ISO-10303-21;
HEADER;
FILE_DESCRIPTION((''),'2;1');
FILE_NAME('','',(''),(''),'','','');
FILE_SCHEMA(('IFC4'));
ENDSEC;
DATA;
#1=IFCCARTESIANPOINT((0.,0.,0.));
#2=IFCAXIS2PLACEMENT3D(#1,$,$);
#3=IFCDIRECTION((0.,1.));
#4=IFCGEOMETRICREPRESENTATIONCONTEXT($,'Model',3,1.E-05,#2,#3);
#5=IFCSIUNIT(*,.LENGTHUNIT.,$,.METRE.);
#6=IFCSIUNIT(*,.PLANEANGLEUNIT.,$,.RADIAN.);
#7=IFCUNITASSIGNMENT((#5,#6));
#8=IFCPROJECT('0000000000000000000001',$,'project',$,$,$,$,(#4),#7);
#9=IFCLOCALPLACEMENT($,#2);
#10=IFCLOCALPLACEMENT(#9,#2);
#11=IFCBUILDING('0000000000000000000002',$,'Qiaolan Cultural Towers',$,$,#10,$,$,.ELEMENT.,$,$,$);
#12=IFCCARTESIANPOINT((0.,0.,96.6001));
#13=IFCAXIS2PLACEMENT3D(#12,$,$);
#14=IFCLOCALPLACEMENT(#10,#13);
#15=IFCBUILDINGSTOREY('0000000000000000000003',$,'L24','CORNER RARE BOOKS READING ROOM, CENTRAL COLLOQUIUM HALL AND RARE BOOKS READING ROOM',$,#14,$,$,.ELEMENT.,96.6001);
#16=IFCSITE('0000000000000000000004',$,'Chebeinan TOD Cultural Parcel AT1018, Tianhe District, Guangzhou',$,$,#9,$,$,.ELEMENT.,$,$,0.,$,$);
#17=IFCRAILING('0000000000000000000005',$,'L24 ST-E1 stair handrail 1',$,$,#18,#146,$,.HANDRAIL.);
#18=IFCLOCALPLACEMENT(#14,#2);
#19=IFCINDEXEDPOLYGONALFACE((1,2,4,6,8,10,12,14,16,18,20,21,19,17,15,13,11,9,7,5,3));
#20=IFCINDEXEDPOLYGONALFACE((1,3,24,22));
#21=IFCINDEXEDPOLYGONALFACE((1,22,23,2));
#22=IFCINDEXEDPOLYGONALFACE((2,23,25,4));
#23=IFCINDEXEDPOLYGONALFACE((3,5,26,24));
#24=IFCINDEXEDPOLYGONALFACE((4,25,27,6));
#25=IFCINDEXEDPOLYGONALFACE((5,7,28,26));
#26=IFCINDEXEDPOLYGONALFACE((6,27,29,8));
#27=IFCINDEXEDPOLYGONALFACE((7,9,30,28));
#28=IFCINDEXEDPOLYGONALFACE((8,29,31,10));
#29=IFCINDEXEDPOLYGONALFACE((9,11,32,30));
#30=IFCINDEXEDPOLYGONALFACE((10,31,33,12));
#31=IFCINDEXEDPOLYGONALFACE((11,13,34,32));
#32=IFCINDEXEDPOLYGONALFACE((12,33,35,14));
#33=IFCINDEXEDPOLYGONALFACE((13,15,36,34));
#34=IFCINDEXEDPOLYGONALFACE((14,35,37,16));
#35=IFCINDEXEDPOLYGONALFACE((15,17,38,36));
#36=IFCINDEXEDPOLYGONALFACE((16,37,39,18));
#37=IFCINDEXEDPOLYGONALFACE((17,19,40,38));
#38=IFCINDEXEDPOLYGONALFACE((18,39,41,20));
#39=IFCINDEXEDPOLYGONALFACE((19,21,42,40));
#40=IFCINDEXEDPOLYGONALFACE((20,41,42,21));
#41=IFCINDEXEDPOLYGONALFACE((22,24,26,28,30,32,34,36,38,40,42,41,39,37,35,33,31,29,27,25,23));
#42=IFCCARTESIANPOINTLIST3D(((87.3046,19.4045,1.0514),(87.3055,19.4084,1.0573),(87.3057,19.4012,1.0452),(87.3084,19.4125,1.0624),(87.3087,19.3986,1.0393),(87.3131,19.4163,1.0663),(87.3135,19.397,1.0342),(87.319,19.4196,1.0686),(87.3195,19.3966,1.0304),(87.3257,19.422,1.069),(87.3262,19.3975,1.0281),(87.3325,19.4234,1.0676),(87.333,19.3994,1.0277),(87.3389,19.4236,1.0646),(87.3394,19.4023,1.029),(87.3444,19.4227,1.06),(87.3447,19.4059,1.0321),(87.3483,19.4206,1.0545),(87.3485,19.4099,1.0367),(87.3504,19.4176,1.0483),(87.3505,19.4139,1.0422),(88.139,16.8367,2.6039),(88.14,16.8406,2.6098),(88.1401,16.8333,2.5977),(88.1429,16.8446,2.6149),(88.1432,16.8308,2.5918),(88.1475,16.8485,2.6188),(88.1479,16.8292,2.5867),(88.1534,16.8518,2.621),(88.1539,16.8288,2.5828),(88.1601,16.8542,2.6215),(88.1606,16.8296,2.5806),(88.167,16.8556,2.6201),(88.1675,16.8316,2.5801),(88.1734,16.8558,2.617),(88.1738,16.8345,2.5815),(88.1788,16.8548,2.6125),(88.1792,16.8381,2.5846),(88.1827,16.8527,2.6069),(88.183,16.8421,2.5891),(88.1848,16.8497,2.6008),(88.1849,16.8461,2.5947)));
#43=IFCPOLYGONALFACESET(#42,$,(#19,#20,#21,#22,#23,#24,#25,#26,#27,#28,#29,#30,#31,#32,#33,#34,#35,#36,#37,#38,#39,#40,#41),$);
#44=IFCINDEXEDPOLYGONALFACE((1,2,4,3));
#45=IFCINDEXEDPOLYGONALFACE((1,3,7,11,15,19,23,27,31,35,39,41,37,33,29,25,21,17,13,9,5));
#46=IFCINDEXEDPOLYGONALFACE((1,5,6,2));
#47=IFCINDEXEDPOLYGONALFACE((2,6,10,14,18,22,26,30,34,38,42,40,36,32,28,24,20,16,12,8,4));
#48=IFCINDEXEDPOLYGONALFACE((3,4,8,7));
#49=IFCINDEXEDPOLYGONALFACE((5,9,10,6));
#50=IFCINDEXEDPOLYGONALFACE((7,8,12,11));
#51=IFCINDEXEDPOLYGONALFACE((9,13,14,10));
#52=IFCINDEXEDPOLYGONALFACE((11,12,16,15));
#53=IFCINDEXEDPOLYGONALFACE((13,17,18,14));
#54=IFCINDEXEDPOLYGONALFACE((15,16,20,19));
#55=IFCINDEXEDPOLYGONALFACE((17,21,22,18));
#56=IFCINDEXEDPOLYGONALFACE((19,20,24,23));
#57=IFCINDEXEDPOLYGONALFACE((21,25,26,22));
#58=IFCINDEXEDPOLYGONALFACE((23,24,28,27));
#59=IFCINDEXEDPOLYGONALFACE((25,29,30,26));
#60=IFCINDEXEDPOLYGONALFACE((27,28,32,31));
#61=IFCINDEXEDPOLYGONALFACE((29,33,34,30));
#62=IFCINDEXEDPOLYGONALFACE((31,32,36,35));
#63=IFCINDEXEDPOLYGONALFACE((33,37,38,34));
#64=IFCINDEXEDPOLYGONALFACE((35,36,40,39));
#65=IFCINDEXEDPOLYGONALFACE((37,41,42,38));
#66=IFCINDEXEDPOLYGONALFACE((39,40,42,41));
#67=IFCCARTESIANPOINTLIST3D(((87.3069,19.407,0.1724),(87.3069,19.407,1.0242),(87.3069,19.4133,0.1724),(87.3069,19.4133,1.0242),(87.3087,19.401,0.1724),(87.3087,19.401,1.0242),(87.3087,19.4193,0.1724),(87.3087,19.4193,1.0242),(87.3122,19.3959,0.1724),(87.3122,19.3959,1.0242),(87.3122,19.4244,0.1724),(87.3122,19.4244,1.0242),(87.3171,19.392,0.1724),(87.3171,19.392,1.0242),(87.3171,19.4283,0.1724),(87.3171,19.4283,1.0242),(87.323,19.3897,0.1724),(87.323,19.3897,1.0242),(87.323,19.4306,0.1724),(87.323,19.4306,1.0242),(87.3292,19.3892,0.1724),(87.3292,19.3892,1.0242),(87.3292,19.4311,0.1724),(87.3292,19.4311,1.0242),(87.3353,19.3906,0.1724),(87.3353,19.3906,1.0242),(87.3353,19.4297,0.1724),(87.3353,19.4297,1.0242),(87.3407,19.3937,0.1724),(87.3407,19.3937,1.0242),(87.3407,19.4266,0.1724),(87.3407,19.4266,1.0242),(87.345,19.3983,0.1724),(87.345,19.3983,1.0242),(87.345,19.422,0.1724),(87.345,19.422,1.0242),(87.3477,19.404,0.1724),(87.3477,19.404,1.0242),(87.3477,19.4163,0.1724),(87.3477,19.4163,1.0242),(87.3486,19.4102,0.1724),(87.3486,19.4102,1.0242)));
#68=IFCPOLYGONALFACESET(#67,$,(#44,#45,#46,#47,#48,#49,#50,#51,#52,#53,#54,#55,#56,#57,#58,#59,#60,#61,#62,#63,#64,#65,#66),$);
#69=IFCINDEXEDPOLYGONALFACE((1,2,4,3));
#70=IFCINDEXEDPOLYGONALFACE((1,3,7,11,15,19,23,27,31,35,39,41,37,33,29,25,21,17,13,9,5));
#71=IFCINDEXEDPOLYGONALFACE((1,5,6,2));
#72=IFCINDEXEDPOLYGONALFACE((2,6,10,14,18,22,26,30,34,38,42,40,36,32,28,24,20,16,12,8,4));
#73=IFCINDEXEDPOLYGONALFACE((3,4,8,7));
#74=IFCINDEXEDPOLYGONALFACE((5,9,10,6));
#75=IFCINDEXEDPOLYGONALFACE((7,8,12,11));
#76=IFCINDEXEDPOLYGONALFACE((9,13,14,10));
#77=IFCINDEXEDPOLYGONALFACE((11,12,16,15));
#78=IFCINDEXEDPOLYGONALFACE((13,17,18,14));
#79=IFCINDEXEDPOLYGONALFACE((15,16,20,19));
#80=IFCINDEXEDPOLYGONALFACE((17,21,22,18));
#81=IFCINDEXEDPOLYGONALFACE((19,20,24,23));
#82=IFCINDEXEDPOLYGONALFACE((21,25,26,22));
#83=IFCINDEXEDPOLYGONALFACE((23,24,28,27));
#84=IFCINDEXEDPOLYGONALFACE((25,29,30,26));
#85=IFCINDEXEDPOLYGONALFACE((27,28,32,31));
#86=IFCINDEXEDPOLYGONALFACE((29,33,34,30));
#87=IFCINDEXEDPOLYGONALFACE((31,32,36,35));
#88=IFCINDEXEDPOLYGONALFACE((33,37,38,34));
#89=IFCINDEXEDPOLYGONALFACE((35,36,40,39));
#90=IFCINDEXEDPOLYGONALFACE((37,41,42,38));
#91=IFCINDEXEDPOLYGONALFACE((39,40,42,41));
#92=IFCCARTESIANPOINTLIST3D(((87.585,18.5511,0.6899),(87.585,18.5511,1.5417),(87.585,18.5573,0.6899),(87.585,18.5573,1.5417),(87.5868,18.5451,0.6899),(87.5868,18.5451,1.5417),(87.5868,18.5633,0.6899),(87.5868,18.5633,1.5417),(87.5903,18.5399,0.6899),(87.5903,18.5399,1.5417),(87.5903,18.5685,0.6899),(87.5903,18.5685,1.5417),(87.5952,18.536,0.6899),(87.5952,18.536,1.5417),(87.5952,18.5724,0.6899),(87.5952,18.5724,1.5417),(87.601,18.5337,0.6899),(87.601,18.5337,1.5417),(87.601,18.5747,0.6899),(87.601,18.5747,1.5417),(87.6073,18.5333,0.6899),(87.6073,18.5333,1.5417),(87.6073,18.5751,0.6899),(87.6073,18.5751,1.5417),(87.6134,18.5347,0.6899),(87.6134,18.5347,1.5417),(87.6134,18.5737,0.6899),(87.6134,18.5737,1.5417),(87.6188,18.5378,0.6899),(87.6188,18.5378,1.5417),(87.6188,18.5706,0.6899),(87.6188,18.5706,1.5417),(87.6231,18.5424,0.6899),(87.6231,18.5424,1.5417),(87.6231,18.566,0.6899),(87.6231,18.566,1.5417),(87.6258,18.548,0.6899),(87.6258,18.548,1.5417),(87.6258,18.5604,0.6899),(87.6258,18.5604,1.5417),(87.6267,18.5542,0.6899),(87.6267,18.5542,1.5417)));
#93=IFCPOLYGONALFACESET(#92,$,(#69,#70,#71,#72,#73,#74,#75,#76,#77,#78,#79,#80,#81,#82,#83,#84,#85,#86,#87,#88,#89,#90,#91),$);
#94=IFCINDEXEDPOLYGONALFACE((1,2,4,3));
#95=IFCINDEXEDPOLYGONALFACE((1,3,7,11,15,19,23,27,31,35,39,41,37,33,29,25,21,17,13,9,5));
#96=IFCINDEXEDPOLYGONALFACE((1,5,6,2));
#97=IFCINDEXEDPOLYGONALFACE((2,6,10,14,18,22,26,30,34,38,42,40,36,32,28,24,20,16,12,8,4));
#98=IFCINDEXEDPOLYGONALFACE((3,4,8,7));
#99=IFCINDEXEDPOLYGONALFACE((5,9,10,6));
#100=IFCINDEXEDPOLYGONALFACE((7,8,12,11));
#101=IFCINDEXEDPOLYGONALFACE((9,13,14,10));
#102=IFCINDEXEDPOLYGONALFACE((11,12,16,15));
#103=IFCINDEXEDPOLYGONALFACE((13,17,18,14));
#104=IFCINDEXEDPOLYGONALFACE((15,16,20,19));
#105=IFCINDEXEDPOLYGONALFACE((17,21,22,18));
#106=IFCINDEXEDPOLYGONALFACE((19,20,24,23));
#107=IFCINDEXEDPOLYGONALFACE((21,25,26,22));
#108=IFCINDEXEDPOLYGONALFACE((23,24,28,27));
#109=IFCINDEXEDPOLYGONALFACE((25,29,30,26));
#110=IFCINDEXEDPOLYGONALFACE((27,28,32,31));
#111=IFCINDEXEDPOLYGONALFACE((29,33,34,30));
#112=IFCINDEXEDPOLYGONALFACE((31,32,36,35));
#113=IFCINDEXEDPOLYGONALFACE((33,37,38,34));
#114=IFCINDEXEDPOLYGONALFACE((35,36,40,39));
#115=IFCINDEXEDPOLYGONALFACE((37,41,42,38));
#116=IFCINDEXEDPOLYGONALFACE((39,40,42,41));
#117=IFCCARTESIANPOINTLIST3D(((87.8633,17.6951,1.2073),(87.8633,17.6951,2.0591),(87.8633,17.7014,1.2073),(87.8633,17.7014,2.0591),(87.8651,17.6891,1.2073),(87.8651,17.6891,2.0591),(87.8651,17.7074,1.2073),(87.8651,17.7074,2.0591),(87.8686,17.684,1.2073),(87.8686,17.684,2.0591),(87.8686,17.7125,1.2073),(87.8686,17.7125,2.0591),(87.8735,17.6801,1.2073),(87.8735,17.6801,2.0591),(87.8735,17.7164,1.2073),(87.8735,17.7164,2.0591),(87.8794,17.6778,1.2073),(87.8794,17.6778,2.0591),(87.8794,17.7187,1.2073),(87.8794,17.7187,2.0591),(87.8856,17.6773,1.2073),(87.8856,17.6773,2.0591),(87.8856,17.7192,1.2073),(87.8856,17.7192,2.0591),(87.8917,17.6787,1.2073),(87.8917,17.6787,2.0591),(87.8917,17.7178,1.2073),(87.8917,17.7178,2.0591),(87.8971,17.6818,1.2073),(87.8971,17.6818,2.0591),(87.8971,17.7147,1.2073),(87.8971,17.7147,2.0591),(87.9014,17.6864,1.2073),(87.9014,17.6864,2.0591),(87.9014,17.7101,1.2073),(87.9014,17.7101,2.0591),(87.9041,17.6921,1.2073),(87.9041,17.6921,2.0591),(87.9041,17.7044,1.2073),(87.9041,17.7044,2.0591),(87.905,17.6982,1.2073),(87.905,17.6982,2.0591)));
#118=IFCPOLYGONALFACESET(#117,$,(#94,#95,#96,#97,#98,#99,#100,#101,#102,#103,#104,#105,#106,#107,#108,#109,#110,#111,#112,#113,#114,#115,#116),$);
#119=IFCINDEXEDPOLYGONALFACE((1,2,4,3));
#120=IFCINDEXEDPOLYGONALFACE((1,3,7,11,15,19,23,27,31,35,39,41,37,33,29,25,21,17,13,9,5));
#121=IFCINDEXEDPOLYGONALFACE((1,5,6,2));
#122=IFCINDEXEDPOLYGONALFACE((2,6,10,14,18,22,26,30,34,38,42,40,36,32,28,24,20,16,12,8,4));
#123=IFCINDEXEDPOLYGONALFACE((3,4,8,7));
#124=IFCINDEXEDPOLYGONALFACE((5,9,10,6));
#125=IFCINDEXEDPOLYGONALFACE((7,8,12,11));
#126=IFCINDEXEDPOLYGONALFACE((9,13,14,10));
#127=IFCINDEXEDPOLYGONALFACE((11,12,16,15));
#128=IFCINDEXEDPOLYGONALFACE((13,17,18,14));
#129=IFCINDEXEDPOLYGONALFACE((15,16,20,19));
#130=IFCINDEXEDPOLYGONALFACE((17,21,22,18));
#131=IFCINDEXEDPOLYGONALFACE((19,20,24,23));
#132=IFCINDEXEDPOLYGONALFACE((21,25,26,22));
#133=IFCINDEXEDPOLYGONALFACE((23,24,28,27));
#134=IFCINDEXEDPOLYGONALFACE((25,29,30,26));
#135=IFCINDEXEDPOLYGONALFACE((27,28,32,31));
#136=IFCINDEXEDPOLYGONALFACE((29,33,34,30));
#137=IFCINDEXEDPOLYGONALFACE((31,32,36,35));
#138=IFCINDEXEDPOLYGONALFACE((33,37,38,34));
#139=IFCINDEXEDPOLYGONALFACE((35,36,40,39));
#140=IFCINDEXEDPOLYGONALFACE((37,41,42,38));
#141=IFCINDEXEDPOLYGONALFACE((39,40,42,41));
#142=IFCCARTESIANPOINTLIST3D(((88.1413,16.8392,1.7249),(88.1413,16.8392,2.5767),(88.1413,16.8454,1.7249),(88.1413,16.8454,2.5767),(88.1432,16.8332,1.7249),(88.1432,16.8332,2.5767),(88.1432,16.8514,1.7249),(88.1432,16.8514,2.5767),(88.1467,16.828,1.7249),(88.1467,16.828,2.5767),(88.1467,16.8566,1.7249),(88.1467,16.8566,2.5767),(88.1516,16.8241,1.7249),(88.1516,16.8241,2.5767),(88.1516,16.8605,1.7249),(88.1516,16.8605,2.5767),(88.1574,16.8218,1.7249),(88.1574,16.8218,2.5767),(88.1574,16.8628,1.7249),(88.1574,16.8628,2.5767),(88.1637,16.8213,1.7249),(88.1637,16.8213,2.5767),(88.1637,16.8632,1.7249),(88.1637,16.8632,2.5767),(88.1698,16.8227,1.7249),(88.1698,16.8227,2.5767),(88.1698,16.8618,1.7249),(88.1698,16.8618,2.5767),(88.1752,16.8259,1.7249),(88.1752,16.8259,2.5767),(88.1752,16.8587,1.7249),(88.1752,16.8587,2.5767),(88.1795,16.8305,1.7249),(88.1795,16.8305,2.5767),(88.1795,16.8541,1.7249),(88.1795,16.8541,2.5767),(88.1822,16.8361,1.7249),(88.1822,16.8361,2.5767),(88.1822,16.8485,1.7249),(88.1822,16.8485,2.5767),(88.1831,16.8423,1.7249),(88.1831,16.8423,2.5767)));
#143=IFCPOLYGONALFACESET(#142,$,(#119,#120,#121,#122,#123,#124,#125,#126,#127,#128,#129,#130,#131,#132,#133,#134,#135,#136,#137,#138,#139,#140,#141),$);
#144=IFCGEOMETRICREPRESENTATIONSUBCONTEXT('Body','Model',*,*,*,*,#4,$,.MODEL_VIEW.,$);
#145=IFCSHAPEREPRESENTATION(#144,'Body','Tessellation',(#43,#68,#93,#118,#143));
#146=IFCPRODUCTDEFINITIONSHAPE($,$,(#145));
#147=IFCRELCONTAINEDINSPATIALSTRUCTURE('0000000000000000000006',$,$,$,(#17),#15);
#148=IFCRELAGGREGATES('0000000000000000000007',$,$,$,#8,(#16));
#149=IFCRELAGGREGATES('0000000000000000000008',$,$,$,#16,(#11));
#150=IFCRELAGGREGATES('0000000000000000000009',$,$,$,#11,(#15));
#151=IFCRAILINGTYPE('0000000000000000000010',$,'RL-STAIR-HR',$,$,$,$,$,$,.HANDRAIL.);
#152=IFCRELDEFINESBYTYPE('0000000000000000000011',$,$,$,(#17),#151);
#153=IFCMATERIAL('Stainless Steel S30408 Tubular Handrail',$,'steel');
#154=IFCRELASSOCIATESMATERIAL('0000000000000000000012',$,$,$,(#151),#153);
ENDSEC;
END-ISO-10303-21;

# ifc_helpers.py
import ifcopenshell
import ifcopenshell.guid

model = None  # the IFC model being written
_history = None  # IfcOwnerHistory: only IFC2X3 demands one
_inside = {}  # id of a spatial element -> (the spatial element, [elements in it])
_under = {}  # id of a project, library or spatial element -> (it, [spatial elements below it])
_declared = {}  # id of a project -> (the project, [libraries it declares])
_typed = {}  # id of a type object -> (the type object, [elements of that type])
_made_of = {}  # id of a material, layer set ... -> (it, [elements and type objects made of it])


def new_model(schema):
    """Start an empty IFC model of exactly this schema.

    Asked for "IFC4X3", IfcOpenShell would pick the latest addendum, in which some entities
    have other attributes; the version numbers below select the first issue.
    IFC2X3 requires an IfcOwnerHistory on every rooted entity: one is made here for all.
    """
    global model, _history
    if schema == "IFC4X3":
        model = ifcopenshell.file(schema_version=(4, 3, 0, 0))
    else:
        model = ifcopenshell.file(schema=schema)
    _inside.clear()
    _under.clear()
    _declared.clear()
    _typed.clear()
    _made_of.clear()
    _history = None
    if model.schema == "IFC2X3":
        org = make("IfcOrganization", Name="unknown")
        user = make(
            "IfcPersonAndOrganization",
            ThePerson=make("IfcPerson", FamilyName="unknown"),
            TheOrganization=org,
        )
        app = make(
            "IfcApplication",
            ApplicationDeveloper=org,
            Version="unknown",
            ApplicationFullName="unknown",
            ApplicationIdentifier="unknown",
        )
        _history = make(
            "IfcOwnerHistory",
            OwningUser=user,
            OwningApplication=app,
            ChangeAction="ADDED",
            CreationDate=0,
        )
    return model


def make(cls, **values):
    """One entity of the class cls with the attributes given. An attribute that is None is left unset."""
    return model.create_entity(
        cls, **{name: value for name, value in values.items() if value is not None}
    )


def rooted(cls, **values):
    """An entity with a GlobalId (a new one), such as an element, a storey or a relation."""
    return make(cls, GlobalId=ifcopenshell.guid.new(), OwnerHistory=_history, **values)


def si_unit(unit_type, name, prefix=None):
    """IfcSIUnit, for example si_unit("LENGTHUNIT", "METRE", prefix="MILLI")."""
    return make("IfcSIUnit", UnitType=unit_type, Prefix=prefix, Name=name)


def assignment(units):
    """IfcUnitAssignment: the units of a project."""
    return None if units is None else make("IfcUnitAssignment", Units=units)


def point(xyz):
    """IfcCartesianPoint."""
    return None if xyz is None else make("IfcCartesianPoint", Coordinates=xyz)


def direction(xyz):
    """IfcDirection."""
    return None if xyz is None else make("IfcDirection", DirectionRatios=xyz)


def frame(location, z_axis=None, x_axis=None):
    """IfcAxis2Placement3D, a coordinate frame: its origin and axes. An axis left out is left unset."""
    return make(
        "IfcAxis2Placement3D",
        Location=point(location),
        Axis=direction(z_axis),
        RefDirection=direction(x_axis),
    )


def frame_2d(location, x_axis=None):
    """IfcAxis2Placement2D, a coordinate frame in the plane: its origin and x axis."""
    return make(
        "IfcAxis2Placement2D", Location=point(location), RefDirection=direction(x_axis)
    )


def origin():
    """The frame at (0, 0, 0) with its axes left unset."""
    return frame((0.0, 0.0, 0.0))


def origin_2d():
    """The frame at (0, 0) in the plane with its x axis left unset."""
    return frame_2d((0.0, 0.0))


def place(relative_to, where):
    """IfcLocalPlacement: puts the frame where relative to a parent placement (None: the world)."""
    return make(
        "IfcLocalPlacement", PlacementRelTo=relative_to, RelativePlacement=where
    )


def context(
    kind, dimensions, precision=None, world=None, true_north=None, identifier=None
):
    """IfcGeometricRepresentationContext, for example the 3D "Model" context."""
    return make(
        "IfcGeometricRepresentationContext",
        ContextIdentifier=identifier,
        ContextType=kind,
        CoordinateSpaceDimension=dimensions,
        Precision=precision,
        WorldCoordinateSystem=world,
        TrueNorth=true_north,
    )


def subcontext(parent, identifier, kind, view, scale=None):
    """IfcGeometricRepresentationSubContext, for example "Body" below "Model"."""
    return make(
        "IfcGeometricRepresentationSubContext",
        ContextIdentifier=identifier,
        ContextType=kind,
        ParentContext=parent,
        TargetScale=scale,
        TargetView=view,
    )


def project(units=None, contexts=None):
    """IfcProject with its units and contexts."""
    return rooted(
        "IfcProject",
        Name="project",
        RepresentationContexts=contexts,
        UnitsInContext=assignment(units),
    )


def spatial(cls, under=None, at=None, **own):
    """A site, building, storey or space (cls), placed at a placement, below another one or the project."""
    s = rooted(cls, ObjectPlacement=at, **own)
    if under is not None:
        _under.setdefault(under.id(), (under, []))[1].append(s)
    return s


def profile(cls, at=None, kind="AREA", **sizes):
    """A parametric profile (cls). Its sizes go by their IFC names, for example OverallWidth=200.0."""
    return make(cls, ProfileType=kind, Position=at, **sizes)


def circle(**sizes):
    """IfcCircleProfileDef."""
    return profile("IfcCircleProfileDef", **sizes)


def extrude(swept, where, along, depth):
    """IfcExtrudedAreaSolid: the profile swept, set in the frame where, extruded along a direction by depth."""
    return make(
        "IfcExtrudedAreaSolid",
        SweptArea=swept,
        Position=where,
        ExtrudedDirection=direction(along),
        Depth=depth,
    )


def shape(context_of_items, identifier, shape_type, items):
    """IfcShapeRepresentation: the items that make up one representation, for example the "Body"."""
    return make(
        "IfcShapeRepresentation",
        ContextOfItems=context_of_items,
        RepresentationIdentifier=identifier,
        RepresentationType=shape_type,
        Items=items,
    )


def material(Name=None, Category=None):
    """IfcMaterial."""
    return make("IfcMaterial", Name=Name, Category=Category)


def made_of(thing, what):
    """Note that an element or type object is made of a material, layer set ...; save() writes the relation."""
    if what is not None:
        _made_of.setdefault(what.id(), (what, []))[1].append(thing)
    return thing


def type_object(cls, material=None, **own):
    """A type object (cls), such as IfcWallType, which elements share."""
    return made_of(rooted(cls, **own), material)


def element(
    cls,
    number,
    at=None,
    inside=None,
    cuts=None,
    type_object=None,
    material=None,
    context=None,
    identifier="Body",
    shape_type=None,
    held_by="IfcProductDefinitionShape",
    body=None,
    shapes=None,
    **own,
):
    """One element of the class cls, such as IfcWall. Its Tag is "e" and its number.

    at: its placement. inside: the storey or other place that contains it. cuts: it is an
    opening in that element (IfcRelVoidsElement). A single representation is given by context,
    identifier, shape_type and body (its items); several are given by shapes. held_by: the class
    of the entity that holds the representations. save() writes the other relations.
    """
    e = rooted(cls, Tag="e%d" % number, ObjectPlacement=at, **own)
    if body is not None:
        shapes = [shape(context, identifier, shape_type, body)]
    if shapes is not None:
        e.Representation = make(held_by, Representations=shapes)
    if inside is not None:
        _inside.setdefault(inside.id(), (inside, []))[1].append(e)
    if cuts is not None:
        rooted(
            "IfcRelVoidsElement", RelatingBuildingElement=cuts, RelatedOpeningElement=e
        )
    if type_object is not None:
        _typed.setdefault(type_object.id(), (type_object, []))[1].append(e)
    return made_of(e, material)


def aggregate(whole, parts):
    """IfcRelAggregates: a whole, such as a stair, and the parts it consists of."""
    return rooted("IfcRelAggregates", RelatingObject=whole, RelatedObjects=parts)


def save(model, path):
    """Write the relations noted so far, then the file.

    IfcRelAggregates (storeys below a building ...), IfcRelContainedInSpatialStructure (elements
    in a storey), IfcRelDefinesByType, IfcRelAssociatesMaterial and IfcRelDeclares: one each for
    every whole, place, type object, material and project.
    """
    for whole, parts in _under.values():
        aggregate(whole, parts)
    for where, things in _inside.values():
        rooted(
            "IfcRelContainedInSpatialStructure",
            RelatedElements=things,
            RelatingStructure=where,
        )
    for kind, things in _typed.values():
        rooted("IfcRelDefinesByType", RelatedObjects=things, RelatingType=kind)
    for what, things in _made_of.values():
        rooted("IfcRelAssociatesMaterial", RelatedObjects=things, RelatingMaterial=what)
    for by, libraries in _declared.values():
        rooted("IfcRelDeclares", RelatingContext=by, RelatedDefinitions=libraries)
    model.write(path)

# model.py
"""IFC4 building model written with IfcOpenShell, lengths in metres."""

from ifc_helpers import new_model, si_unit, direction, frame, origin, origin_2d, place, context, subcontext, project, spatial, circle, extrude, material, type_object, element, save


model = new_model("IFC4")

# Units and contexts
model_context = context("Model", 3, precision=1e-05, world=origin(), true_north=direction((0.0, 1.0)))
body_context = subcontext(model_context, "Body", "Model", "MODEL_VIEW")
ifc_project = project(units=[si_unit("LENGTHUNIT", "METRE"), si_unit("PLANEANGLEUNIT", "RADIAN")], contexts=[model_context])

# Site, building, storey
site_placement = place(None, origin())
site = spatial("IfcSite", under=ifc_project, at=site_placement, Name="Chebeinan TOD Cultural Parcel AT1018, Tianhe District, Guangzhou", CompositionType="ELEMENT", RefElevation=0.0)
building_placement = place(site_placement, origin())
building = spatial("IfcBuilding", under=site, at=building_placement, Name="Qiaolan Cultural Towers", CompositionType="ELEMENT")
storey_placement = place(building_placement, frame((0.0, 0.0, 96.6001)))
storey = spatial("IfcBuildingStorey", under=building, at=storey_placement, Name="L24", Description="CORNER RARE BOOKS READING ROOM, CENTRAL COLLOQUIUM HALL AND RARE BOOKS READING ROOM", CompositionType="ELEMENT", Elevation=96.6001)

# Railing
ifc_material_1 = material(Name="Stainless Steel S30408 Tubular Handrail", Category="steel")
railing_type_1 = type_object("IfcRailingType", Name="RL-STAIR-HR", PredefinedType="HANDRAIL", material=ifc_material_1)
railing_1_placement = place(storey_placement, frame((87.3276, 19.4102, 0.1724)))
element("IfcRailing", 1, at=railing_1_placement, inside=storey, type_object=railing_type_1, Name="L24 ST-E1 stair handrail 1", PredefinedType="HANDRAIL", context=body_context, shape_type="SweptSolid", body=[
    extrude(circle(Radius=0.0239, at=origin_2d()), frame((0.0, 0.0, 0.876), z_axis=(0.267926, -0.824471, 0.498461), x_axis=(0.951043, 0.309057, 0.0)), (0.0, 0.0, 1.0), 3.1145),
    extrude(circle(Radius=0.021, at=origin_2d()), origin(), (0.0, 0.0, 1.0), 0.8518),
    extrude(circle(Radius=0.021, at=origin_2d()), frame((0.2781, -0.856, 0.5176)), (0.0, 0.0, 1.0), 0.8518),
    extrude(circle(Radius=0.021, at=origin_2d()), frame((0.5564, -1.7119, 1.0349)), (0.0, 0.0, 1.0), 0.8518),
    extrude(circle(Radius=0.021, at=origin_2d()), frame((0.8345, -2.5679, 1.5525)), (0.0, 0.0, 1.0), 0.8518),
])

save(model, "model.ifc")
